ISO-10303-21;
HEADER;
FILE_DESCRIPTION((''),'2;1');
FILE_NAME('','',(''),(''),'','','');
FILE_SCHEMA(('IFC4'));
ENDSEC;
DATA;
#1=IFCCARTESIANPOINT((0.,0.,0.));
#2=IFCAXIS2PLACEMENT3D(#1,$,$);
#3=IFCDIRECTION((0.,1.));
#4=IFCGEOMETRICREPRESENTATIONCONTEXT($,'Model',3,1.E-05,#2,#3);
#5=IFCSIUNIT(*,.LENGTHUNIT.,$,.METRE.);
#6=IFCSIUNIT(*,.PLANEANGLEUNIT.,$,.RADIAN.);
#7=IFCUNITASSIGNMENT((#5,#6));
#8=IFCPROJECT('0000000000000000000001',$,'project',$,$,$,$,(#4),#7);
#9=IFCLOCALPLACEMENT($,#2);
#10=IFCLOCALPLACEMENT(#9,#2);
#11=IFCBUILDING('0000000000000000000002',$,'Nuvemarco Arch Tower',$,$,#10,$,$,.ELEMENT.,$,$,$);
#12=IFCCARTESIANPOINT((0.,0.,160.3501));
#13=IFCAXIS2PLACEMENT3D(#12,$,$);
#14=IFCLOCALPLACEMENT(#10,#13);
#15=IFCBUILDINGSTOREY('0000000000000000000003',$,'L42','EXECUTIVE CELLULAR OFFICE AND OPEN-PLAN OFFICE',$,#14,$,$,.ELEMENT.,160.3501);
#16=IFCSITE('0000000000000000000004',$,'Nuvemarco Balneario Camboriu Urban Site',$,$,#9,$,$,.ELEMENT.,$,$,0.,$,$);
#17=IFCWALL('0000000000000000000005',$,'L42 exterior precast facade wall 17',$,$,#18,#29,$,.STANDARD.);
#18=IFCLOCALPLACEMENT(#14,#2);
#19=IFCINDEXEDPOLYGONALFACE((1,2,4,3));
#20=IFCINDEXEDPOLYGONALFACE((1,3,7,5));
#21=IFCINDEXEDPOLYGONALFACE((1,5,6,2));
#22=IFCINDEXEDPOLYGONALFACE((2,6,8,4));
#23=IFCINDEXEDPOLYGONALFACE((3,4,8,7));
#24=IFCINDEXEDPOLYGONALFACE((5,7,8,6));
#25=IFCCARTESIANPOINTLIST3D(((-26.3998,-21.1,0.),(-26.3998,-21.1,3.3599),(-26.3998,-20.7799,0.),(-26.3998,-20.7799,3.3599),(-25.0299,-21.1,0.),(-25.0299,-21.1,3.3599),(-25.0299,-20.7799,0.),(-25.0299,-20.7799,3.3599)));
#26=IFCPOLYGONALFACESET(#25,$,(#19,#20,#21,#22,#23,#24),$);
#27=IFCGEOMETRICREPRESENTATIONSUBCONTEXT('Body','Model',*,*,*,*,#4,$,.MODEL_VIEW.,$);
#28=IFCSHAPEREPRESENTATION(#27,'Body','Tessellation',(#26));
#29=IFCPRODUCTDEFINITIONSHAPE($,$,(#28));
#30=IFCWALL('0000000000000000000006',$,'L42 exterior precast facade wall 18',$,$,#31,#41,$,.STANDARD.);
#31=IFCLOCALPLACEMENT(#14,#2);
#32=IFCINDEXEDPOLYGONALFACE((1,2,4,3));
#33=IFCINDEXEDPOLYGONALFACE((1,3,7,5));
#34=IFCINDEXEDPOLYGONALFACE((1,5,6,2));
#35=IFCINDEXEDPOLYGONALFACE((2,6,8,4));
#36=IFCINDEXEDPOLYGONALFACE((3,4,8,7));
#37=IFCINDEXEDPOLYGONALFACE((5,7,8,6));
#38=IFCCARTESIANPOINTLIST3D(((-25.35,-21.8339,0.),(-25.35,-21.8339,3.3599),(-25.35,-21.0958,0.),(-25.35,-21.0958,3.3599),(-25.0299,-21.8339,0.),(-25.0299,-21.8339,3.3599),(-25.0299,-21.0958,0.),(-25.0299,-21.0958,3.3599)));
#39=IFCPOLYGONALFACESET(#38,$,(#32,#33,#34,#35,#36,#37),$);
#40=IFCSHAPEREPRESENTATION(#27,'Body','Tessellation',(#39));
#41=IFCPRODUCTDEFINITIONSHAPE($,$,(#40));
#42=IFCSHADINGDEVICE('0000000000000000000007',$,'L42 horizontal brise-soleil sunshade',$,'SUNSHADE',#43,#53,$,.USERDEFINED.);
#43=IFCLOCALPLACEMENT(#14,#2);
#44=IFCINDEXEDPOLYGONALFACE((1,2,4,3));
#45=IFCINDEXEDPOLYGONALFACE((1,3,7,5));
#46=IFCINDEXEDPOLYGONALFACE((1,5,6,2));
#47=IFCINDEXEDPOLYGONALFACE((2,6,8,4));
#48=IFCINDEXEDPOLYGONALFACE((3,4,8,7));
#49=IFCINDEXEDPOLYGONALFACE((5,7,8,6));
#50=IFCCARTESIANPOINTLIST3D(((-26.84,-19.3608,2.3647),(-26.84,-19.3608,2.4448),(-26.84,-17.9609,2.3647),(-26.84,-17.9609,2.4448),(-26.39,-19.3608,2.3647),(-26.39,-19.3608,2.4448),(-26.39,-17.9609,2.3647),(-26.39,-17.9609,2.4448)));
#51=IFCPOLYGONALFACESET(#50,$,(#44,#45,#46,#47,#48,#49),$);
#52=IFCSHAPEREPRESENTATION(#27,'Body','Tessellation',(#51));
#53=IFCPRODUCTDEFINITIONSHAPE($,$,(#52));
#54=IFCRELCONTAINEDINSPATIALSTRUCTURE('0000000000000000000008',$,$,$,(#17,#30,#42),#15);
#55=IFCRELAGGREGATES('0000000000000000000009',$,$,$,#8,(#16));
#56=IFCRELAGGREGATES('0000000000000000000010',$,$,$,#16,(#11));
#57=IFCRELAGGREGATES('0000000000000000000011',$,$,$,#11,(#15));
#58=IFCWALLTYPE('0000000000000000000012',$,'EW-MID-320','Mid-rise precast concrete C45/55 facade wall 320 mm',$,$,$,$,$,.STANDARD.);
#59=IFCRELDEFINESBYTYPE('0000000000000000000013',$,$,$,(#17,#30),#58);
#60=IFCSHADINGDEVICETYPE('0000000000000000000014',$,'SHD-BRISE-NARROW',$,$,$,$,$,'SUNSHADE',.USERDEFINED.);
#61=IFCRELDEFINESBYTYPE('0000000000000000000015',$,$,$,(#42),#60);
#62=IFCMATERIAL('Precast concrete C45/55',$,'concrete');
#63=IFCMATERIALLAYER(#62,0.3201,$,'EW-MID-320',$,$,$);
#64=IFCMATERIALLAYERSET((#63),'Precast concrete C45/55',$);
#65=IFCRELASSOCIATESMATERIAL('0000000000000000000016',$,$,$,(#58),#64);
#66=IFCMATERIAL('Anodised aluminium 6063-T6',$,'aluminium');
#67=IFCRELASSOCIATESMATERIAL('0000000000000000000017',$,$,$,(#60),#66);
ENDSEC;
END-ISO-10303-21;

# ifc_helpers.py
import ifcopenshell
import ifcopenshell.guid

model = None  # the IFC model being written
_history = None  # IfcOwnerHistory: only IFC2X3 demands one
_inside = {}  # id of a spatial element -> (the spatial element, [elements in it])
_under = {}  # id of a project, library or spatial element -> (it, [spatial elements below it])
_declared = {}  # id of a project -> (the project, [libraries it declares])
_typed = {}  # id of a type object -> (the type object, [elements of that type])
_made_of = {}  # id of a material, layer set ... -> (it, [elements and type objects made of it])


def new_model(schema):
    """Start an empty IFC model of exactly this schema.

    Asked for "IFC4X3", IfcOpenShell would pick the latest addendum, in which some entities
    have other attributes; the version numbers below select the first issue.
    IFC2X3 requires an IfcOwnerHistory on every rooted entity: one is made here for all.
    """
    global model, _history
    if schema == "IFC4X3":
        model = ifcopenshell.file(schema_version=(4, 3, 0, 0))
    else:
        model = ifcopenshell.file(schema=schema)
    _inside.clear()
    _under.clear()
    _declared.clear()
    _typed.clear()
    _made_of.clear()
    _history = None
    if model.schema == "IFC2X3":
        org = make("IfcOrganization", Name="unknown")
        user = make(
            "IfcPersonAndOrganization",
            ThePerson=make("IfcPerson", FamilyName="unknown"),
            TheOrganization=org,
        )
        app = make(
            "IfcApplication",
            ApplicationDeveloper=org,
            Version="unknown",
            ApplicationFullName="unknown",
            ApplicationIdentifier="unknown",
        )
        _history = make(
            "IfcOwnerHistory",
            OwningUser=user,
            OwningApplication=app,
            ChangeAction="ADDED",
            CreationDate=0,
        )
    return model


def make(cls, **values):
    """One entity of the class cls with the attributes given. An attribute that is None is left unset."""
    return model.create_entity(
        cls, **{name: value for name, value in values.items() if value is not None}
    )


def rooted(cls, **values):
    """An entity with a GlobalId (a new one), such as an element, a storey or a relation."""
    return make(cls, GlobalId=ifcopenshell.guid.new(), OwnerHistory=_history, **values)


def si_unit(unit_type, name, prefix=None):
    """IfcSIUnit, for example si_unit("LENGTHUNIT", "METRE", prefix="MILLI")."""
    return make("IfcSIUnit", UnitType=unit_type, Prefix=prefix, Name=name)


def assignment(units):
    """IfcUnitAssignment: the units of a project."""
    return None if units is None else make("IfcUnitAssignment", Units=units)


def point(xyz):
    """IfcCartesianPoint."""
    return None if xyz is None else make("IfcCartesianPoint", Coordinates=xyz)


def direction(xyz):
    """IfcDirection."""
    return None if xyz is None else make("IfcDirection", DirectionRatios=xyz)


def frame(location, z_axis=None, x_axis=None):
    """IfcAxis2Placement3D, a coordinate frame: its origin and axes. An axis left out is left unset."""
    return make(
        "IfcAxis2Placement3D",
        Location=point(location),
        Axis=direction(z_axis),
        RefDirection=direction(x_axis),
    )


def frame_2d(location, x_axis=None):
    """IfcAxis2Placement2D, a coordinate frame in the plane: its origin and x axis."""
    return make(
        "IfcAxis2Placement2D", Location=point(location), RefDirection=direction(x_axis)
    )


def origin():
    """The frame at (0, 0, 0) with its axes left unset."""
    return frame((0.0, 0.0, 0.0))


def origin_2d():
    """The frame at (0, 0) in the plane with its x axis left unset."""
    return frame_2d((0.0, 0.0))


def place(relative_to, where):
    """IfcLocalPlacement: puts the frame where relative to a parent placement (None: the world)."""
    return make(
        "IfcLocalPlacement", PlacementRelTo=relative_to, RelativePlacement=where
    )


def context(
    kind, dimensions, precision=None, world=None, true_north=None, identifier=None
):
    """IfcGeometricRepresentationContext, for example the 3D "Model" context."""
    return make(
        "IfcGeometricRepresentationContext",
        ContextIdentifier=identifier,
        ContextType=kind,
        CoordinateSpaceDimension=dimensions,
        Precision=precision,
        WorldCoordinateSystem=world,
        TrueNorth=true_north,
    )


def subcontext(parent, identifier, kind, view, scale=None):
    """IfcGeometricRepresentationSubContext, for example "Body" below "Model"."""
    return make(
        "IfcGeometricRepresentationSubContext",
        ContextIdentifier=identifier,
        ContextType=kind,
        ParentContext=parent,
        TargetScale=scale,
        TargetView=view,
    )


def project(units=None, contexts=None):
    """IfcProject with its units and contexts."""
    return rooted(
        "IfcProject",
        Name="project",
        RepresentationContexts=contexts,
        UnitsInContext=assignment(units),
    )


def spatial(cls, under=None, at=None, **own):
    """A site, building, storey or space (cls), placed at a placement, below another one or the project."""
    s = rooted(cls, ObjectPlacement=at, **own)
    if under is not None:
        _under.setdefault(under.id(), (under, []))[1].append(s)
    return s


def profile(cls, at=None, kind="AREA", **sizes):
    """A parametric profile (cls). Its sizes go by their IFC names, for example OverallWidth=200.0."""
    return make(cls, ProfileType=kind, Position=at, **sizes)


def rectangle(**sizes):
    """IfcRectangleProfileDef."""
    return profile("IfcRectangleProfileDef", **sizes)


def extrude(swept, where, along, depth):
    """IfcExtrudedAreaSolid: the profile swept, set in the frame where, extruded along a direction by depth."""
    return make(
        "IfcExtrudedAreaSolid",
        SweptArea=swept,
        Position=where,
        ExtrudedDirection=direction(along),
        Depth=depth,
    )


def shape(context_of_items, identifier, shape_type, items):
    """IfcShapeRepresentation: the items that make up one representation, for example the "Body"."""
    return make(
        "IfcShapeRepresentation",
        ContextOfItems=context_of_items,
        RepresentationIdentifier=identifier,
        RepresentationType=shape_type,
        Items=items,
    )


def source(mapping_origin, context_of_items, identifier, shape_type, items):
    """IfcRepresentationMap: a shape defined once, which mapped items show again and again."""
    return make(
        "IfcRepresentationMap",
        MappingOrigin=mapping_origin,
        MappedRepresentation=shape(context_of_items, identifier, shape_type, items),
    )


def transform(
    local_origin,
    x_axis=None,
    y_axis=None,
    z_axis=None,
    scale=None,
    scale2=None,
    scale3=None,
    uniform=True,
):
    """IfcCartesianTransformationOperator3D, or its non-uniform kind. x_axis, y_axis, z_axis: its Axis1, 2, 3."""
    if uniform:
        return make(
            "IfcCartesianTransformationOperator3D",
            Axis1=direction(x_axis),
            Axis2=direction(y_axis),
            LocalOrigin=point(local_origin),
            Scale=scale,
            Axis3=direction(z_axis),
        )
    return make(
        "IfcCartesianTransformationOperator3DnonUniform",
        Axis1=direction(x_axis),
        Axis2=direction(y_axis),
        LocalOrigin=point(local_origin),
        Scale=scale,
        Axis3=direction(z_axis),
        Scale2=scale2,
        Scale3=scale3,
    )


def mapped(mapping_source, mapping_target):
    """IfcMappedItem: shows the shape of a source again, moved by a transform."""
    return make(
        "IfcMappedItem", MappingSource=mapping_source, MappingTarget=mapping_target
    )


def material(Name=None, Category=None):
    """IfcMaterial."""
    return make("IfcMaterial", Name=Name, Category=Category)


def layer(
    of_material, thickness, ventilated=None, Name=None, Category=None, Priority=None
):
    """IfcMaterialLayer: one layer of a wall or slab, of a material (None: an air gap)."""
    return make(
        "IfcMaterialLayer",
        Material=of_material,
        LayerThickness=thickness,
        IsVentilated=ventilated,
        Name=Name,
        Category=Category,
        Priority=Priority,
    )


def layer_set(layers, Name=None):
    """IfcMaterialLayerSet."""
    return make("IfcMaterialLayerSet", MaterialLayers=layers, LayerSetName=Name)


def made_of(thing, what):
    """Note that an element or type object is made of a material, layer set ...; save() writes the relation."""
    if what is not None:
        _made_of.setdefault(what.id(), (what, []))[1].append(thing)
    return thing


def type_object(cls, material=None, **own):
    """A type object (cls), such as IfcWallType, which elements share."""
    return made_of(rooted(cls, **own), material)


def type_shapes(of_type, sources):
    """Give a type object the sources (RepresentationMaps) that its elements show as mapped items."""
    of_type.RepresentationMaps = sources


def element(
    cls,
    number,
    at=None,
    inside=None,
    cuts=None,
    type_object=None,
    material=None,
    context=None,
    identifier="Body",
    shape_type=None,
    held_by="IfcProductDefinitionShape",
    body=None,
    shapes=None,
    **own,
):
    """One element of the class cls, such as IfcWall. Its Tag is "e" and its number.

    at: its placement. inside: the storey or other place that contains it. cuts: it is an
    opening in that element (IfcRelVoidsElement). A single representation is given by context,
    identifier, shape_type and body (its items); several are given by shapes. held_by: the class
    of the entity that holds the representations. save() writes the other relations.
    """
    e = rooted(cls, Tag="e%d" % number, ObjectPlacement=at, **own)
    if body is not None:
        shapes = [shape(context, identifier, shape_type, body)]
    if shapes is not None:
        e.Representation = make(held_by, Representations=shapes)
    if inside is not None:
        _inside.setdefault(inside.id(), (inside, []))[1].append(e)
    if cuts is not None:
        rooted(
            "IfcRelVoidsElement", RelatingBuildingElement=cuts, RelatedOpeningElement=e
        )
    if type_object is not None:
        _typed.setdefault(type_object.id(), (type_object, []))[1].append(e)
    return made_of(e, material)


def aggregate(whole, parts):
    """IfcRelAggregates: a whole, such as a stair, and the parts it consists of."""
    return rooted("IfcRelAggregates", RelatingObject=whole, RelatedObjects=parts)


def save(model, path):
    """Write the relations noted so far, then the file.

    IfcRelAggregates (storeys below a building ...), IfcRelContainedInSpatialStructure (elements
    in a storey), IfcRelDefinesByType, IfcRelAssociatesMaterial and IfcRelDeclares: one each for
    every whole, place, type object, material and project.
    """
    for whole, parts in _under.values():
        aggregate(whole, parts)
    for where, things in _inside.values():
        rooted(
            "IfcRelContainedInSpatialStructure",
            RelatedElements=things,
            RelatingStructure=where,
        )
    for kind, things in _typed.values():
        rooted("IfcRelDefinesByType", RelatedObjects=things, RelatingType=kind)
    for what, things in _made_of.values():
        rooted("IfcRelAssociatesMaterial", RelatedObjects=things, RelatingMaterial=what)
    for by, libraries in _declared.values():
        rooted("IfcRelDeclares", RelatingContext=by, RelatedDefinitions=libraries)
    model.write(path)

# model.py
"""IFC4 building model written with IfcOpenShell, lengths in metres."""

from ifc_helpers import new_model, si_unit, direction, frame, frame_2d, origin, origin_2d, place, context, subcontext, project, spatial, rectangle, extrude, source, transform, mapped, material, layer, layer_set, type_object, type_shapes, element, save


model = new_model("IFC4")

# Units and contexts
model_context = context("Model", 3, precision=1e-05, world=origin(), true_north=direction((0.0, 1.0)))
body_context = subcontext(model_context, "Body", "Model", "MODEL_VIEW")
ifc_project = project(units=[si_unit("LENGTHUNIT", "METRE"), si_unit("PLANEANGLEUNIT", "RADIAN")], contexts=[model_context])

# Site, building, storey
site_placement = place(None, origin())
site = spatial("IfcSite", under=ifc_project, at=site_placement, Name="Nuvemarco Balneario Camboriu Urban Site", CompositionType="ELEMENT", RefElevation=0.0)
building_placement = place(site_placement, origin())
building = spatial("IfcBuilding", under=site, at=building_placement, Name="Nuvemarco Arch Tower", CompositionType="ELEMENT")
storey_placement = place(building_placement, frame((0.0, 0.0, 160.3501)))
storey = spatial("IfcBuildingStorey", under=building, at=storey_placement, Name="L42", Description="EXECUTIVE CELLULAR OFFICE AND OPEN-PLAN OFFICE", CompositionType="ELEMENT", Elevation=160.3501)

# Shared definitions
ifc_material_1 = material(Name="Precast concrete C45/55", Category="concrete")
ifc_layer = layer(ifc_material_1, 0.3201, Name="EW-MID-320")
ifc_layer_set = layer_set([ifc_layer], Name="Precast concrete C45/55")
wall_type = type_object("IfcWallType", Name="EW-MID-320", Description="Mid-rise precast concrete C45/55 facade wall 320 mm", PredefinedType="STANDARD", material=ifc_layer_set)

# Walls
wall_1_placement = place(storey_placement, frame((-26.3999, -20.9399, 0.0), z_axis=(0.0, 0.0, 1.0), x_axis=(1.0, 0.0, 0.0)))
element("IfcWall", 1, at=wall_1_placement, inside=storey, type_object=wall_type, Name="L42 exterior precast facade wall 17", PredefinedType="STANDARD", context=body_context, shape_type="SweptSolid", body=[
    extrude(rectangle(XDim=1.3699, YDim=0.3201, at=frame_2d((0.6851, 0.0))), origin(), (0.0, 0.0, 1.0), 3.3599),
])
wall_2_placement = place(storey_placement, frame((-25.1899, -21.834, 0.0), z_axis=(0.0, 0.0, 1.0), x_axis=(0.0, 1.0, 0.0)))
element("IfcWall", 2, at=wall_2_placement, inside=storey, type_object=wall_type, Name="L42 exterior precast facade wall 18", PredefinedType="STANDARD", context=body_context, shape_type="SweptSolid", body=[
    extrude(rectangle(XDim=0.738, YDim=0.3201, at=frame_2d((0.3691, 0.0))), origin(), (0.0, 0.0, 1.0), 3.3599),
])

# Shading device
ifc_material_2 = material(Name="Anodised aluminium 6063-T6", Category="aluminium")
shading_device_type = type_object("IfcShadingDeviceType", Name="SHD-BRISE-NARROW", ElementType="SUNSHADE", PredefinedType="USERDEFINED", material=ifc_material_2)
shared_shape_1 = source(origin(), body_context, "Body", "SweptSolid", [
    extrude(rectangle(XDim=1.3999, YDim=0.45, at=origin_2d()), origin(), (0.0, 0.0, 1.0), 0.0801),
])
type_shapes(shading_device_type, [shared_shape_1])
shading_device_placement = place(storey_placement, frame((-26.615, -18.6609, 2.3647), z_axis=(0.0, 0.0, 1.0), x_axis=(0.0, 1.0, 0.0)))
element("IfcShadingDevice", 3, at=shading_device_placement, inside=storey, type_object=shading_device_type, Name="L42 horizontal brise-soleil sunshade", ObjectType="SUNSHADE", PredefinedType="USERDEFINED", context=body_context, shape_type="MappedRepresentation", body=[
    mapped(shared_shape_1, transform((0.0, 0.0, 0.0), scale=1.0)),
])

save(model, "model.ifc")
